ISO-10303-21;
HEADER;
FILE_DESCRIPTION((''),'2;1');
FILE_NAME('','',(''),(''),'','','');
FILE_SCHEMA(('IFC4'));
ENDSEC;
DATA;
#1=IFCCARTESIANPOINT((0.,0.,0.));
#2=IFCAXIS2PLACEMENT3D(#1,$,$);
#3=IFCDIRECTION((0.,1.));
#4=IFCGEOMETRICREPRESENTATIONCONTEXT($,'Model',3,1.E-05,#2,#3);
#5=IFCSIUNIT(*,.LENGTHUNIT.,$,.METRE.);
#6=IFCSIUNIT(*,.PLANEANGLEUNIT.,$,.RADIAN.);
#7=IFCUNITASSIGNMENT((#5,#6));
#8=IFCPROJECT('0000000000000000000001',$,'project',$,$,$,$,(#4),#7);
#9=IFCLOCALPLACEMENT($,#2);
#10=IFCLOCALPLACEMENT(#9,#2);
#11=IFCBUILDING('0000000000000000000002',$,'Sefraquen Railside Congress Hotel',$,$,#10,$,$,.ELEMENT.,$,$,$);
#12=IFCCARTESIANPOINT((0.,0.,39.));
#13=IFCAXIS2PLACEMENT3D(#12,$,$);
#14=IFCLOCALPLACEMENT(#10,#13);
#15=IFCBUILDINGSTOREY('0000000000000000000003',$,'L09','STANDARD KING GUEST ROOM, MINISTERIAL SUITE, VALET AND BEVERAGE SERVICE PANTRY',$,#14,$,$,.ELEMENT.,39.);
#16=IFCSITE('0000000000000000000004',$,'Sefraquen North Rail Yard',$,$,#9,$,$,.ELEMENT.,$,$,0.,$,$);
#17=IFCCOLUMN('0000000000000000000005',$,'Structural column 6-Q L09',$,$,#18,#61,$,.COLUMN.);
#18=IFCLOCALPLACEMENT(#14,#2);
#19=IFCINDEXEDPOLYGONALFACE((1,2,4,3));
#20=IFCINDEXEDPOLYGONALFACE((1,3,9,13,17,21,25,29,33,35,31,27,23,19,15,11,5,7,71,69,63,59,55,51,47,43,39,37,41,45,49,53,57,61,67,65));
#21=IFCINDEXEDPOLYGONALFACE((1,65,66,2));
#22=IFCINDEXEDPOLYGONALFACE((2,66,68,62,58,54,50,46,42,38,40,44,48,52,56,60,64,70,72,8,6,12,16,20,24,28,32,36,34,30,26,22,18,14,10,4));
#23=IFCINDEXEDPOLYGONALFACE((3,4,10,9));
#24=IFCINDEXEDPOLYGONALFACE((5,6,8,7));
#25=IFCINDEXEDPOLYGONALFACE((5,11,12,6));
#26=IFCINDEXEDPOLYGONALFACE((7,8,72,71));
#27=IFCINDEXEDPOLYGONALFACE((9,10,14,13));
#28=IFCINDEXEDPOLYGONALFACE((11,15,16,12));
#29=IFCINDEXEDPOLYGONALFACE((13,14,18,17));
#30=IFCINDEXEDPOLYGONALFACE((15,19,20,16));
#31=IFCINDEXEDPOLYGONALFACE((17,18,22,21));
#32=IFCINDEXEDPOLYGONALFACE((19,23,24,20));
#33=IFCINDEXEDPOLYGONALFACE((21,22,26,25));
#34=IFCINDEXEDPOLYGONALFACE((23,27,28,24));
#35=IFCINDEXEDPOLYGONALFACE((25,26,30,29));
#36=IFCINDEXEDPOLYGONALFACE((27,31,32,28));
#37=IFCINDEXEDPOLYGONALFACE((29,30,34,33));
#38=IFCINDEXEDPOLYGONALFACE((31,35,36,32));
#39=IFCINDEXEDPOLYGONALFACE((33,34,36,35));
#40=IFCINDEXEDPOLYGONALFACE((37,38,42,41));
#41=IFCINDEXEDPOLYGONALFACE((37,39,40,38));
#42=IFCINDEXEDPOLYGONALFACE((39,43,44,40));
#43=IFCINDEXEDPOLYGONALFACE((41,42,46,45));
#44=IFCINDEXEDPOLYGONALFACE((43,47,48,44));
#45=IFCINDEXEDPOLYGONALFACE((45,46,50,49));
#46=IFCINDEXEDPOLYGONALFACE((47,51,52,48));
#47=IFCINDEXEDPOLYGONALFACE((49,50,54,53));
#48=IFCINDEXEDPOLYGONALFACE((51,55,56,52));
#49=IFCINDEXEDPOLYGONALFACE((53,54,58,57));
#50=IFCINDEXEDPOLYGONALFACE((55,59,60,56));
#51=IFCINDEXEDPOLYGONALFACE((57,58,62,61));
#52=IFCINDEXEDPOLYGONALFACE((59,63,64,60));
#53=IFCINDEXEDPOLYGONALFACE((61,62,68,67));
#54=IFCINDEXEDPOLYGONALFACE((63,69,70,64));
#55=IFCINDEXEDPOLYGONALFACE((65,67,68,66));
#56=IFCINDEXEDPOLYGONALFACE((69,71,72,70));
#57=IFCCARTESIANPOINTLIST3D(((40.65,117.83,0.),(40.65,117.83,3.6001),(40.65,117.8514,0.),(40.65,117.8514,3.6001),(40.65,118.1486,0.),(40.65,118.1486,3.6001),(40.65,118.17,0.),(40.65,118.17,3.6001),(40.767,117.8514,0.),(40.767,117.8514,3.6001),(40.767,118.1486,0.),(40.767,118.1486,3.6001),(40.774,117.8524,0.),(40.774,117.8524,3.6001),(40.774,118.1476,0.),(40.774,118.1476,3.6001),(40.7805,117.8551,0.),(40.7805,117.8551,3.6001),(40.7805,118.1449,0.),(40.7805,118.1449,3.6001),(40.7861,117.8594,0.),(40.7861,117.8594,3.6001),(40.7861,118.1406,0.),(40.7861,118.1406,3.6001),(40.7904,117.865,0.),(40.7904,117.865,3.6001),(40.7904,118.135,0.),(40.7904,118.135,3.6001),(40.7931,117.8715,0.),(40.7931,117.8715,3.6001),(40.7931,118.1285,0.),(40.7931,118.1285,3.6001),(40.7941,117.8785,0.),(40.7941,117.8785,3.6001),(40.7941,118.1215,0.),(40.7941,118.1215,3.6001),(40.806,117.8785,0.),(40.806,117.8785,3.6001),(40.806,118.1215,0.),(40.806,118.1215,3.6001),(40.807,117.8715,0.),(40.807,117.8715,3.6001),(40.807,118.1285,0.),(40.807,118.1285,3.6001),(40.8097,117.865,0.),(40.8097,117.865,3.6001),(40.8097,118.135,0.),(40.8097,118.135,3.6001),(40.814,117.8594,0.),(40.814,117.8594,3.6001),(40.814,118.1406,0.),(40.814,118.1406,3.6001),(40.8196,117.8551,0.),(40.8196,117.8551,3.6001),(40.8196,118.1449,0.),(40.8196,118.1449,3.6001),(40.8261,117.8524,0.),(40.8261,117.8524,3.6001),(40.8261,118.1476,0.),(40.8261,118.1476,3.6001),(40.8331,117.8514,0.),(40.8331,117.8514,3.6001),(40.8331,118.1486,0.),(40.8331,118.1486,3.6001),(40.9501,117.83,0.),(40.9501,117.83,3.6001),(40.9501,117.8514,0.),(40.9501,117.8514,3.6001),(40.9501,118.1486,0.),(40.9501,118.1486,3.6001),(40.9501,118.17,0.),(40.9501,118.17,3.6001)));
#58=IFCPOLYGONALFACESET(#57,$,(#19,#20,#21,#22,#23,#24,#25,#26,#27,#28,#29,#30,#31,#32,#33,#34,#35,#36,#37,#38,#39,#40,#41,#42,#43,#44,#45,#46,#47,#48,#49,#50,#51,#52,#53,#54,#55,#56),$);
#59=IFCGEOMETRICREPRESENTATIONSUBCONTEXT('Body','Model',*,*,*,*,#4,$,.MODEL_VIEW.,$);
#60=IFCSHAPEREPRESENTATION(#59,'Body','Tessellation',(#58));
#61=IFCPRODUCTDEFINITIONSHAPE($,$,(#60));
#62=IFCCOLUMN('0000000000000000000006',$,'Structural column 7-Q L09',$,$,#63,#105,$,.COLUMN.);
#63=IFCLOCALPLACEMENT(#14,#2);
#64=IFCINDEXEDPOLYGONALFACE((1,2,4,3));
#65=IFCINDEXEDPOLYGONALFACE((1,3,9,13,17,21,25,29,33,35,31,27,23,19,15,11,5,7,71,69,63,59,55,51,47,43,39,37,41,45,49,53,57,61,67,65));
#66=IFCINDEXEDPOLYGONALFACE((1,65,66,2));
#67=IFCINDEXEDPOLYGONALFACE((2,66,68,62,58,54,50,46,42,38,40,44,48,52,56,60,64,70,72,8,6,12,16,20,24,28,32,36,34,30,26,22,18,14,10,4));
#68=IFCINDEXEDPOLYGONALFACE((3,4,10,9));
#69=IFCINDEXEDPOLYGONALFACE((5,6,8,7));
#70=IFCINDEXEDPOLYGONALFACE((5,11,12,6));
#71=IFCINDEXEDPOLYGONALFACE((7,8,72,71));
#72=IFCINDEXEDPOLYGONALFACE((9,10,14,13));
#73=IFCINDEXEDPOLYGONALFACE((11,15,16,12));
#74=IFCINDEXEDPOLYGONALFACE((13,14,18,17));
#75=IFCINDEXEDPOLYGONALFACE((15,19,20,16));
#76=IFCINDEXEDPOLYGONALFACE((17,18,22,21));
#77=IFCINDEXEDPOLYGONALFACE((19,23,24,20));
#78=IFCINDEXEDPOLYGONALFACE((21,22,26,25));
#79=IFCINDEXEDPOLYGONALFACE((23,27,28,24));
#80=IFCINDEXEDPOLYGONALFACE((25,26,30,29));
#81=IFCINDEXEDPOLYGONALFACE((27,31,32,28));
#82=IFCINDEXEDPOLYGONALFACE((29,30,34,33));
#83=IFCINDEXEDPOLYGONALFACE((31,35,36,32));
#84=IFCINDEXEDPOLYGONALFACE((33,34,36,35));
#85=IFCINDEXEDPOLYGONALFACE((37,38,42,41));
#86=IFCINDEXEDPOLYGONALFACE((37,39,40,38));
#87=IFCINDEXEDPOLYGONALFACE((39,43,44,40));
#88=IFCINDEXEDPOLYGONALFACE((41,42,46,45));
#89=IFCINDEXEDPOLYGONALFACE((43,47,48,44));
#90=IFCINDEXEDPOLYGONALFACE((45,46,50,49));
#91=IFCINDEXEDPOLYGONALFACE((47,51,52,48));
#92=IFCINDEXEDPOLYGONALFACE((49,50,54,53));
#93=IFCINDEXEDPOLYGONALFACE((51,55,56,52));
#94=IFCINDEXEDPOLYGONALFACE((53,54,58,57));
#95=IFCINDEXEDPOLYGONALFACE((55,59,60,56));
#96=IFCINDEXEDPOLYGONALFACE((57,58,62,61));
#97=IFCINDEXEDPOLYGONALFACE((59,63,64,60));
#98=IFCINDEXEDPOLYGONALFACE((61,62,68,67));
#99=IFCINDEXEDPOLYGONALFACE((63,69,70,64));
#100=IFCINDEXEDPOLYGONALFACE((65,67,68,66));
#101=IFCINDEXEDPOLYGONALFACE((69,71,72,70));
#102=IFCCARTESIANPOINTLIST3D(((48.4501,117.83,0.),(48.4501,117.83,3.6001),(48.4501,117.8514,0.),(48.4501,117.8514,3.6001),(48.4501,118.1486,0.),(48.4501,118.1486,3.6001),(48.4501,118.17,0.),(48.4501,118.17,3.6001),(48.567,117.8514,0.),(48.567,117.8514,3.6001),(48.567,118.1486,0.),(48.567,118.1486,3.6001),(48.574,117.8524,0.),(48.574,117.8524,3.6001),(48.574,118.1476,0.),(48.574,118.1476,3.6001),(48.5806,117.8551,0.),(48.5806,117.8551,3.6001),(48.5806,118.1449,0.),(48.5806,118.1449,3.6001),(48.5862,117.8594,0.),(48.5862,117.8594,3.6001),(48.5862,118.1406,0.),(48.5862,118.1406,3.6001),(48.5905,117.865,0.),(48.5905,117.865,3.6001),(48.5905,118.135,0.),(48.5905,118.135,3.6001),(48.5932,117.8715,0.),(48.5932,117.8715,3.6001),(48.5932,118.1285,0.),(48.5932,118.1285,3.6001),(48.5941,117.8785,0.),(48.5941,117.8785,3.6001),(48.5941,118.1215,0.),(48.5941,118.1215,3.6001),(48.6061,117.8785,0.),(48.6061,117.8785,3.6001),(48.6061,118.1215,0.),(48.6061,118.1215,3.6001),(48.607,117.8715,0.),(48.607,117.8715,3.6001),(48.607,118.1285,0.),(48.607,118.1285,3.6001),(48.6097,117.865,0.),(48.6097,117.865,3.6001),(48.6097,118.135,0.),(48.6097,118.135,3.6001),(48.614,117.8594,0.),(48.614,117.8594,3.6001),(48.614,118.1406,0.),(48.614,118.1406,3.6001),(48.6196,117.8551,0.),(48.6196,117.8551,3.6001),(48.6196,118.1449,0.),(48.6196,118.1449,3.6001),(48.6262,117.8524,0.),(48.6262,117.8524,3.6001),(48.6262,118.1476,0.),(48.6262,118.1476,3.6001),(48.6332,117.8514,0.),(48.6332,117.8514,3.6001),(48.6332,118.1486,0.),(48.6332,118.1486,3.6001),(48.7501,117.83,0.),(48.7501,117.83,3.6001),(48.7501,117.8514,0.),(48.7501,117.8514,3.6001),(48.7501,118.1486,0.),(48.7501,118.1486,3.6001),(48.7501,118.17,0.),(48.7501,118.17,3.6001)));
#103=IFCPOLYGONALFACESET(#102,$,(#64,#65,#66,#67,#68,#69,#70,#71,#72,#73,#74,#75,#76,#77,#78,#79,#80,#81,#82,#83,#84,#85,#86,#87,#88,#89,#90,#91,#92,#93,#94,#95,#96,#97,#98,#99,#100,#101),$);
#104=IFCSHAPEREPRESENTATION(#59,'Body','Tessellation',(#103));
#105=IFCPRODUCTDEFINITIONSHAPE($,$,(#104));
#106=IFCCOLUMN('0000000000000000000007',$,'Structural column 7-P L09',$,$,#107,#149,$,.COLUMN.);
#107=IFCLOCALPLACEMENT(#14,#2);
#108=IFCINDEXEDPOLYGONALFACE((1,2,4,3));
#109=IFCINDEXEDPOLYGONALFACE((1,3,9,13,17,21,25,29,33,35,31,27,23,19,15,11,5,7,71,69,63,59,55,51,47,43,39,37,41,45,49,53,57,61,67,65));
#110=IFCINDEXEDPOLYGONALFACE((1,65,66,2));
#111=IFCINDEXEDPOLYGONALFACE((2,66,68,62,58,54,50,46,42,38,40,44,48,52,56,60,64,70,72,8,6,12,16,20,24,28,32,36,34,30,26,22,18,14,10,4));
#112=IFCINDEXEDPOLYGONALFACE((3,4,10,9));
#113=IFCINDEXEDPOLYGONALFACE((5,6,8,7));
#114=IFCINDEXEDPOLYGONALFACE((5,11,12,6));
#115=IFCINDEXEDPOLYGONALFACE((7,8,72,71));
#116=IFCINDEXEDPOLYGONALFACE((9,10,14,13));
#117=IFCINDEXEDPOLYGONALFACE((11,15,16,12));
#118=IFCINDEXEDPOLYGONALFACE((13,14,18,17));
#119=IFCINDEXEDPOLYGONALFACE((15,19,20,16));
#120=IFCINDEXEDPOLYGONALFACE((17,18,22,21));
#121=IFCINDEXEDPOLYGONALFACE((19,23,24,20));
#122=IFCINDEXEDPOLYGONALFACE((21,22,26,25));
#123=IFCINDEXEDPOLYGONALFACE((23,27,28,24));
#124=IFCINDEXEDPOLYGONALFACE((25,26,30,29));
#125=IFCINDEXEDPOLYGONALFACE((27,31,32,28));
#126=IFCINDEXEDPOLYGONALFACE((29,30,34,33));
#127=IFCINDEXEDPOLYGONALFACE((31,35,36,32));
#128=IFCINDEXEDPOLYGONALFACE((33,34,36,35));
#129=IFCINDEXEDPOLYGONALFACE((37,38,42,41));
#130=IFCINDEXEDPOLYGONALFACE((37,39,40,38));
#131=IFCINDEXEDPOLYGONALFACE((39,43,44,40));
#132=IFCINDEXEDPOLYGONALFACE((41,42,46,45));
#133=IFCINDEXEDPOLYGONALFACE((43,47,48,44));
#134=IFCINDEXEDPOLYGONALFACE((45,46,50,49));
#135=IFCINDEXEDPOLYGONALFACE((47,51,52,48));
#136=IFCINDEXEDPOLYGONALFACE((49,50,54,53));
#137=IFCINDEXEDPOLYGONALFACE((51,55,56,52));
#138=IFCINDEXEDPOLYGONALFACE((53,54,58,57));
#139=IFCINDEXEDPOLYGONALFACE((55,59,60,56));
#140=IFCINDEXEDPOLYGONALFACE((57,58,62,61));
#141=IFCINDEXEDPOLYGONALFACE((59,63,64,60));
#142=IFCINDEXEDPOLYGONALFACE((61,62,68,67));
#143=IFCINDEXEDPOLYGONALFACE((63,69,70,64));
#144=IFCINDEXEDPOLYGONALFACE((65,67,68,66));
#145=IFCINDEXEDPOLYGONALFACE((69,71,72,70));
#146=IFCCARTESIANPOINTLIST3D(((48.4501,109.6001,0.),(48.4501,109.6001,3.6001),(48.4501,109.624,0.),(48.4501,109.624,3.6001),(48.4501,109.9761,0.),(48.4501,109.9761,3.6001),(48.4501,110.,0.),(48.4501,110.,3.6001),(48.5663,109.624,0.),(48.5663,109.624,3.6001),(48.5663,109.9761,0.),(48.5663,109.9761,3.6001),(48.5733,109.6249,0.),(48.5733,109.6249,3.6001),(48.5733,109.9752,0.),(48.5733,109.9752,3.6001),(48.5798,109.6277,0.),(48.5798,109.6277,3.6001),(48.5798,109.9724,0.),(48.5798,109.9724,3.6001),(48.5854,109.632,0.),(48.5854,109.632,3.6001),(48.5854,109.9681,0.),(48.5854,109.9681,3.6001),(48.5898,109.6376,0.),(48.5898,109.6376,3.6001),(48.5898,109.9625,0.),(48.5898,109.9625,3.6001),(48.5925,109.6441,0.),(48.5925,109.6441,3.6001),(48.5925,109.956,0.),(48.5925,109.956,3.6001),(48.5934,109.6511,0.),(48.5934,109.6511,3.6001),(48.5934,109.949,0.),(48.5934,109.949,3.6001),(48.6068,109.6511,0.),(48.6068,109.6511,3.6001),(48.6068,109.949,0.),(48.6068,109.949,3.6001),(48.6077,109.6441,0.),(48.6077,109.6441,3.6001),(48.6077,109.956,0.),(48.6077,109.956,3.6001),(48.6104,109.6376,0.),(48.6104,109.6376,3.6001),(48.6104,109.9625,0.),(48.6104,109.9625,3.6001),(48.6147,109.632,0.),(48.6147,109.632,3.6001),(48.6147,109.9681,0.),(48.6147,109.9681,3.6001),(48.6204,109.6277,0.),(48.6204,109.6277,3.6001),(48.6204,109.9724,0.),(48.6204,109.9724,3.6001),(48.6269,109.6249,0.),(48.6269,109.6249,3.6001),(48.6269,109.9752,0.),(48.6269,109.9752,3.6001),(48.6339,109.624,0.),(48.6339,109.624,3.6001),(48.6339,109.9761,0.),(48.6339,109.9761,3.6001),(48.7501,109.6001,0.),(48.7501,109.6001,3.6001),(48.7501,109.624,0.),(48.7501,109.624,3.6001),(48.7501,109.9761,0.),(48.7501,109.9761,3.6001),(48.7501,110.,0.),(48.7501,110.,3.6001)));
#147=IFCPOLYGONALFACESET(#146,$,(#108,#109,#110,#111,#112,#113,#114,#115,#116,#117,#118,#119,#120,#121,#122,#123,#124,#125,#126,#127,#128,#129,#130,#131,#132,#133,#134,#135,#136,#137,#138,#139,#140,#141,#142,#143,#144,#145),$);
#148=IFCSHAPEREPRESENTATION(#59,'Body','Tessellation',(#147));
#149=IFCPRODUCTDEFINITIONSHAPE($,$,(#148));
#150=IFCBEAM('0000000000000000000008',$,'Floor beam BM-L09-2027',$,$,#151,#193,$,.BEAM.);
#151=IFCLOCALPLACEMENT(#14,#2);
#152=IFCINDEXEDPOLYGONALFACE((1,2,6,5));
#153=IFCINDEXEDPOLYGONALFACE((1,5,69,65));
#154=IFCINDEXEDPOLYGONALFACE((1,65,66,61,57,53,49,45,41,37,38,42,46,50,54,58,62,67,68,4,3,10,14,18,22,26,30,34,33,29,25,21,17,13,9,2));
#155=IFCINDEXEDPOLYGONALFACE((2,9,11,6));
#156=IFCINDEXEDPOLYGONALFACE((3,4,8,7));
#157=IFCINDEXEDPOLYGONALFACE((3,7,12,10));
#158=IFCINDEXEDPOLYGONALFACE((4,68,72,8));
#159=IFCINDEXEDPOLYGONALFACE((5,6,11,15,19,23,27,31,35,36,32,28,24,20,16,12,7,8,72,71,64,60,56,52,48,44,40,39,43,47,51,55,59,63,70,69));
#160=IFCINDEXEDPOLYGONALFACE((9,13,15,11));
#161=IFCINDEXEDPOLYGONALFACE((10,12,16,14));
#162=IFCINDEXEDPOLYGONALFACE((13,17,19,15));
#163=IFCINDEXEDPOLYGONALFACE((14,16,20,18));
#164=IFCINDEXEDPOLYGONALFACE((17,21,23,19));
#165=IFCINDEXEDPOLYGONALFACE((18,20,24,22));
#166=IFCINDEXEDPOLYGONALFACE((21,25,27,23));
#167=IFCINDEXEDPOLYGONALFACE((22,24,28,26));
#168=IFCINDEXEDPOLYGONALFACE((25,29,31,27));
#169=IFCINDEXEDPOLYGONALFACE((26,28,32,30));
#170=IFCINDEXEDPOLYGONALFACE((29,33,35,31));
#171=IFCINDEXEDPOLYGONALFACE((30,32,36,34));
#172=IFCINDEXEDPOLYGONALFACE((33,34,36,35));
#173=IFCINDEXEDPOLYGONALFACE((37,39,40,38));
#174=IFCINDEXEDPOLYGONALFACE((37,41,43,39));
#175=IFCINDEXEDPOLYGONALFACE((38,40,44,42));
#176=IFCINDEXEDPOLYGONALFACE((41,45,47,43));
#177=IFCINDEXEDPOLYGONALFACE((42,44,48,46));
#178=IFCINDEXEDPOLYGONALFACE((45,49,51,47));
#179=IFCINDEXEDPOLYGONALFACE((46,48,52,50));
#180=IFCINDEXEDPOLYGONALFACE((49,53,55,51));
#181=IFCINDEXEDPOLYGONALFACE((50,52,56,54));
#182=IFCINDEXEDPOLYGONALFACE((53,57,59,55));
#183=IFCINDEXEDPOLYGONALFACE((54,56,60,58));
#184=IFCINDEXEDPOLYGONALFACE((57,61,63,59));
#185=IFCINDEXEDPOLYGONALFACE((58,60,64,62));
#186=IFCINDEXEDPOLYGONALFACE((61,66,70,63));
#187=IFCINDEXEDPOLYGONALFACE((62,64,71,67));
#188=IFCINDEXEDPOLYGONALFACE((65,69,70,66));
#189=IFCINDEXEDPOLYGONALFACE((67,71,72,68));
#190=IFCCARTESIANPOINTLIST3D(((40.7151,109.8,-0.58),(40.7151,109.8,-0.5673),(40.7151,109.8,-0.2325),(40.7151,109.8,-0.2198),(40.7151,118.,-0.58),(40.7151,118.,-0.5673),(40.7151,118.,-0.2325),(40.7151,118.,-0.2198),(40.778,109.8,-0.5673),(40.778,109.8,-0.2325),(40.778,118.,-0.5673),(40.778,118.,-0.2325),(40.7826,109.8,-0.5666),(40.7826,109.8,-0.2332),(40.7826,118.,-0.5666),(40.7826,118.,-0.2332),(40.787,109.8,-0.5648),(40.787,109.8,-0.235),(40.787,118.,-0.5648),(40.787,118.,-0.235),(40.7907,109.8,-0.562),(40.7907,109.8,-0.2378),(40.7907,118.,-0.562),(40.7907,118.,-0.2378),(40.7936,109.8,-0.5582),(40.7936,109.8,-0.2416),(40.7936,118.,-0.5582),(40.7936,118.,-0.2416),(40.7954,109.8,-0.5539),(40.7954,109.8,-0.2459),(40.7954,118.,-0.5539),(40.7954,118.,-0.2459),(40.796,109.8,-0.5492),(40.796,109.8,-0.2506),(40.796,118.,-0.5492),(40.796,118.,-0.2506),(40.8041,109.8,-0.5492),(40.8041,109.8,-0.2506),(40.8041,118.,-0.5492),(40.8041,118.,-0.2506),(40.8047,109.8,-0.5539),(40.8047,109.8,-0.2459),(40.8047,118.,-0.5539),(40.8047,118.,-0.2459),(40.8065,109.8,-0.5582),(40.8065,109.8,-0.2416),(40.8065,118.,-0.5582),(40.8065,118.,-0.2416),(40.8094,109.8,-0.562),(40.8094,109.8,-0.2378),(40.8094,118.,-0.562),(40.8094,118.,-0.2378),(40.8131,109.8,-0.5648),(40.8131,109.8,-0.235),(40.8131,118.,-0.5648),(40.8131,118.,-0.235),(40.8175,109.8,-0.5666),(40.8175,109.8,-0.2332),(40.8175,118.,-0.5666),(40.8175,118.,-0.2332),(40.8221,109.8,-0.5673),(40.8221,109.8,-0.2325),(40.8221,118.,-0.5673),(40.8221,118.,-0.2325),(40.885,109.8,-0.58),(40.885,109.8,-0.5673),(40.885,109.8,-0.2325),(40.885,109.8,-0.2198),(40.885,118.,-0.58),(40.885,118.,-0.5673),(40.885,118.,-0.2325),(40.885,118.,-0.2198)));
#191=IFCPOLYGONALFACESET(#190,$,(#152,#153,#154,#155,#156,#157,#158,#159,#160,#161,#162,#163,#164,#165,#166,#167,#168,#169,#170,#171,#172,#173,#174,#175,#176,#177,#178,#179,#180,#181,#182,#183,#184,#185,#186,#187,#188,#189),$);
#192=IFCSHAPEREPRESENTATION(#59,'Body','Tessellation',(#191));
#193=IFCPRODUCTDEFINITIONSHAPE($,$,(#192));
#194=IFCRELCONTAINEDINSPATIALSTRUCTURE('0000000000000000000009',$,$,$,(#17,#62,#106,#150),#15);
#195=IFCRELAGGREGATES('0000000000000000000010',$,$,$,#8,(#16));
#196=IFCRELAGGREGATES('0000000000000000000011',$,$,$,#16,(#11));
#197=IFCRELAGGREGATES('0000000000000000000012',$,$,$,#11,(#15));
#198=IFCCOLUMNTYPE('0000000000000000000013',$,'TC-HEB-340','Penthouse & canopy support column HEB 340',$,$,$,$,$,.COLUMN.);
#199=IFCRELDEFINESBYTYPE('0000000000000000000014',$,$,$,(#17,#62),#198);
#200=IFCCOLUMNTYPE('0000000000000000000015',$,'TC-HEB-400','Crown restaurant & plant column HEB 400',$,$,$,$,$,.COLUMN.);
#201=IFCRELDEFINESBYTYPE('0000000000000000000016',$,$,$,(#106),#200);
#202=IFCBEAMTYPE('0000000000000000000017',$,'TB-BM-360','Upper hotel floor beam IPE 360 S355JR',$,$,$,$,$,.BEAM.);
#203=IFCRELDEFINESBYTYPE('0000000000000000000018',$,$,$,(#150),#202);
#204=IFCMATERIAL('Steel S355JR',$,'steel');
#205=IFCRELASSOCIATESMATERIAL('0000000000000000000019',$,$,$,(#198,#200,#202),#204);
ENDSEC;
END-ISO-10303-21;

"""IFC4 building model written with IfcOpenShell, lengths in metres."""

from ifc_helpers import new_model, si_unit, direction, frame, origin, origin_2d, place, context, subcontext, project, spatial, i_section, extrude, material, material_profile, profile_set, type_object, element, save


model = new_model("IFC4")

# Units and contexts
model_context = context("Model", 3, precision=1e-05, world=origin(), true_north=direction((0.0, 1.0)))
body_context = subcontext(model_context, "Body", "Model", "MODEL_VIEW")
ifc_project = project(units=[si_unit("LENGTHUNIT", "METRE"), si_unit("PLANEANGLEUNIT", "RADIAN")], contexts=[model_context])

# Site, building, storey
site_placement = place(None, origin())
site = spatial("IfcSite", under=ifc_project, at=site_placement, Name="Sefraquen North Rail Yard", CompositionType="ELEMENT", RefElevation=0.0)
building_placement = place(site_placement, origin())
building = spatial("IfcBuilding", under=site, at=building_placement, Name="Sefraquen Railside Congress Hotel", CompositionType="ELEMENT")
storey_placement = place(building_placement, frame((0.0, 0.0, 39.0)))
storey = spatial("IfcBuildingStorey", under=building, at=storey_placement, Name="L09", Description="STANDARD KING GUEST ROOM, MINISTERIAL SUITE, VALET AND BEVERAGE SERVICE PANTRY", CompositionType="ELEMENT", Elevation=39.0)

# Columns
ifc_material_1 = material(Name="Steel S355JR", Category="steel")
ifc_material_profile_1 = material_profile(ifc_material_1, i_section(OverallWidth=0.3, OverallDepth=0.3401, WebThickness=0.012, FlangeThickness=0.0215, FilletRadius=0.0271, at=origin_2d()), Name="HEB 340")
ifc_profile_set_1 = profile_set([ifc_material_profile_1], Name="Steel S355JR")
column_type_1 = type_object("IfcColumnType", Name="TC-HEB-340", Description="Penthouse & canopy support column HEB 340", PredefinedType="COLUMN", material=ifc_profile_set_1)
for number, where, z_axis, x_axis, name in (
    (1, (40.8, 118.0, 0.0), (0.0, 0.0, 1.0), (1.0, 0.0, 0.0), "Structural column 6-Q L09"),
    (2, (48.6001, 118.0, 0.0), (0.0, 0.0, 1.0), (1.0, 0.0, 0.0), "Structural column 7-Q L09"),
):
    element("IfcColumn", number, at=place(storey_placement, frame(where, z_axis=z_axis, x_axis=x_axis)), inside=storey, type_object=column_type_1, Name=name, PredefinedType="COLUMN", context=body_context, shape_type="SweptSolid", body=[
        extrude(i_section(OverallWidth=0.3, OverallDepth=0.3401, WebThickness=0.012, FlangeThickness=0.0215, FilletRadius=0.0271, at=origin_2d()), origin(), (0.0, 0.0, 1.0), 3.6001),
    ])
ifc_material_profile_2 = material_profile(ifc_material_1, i_section(OverallWidth=0.3, OverallDepth=0.3999, WebThickness=0.0134, FlangeThickness=0.0239, FilletRadius=0.0271, at=origin_2d()), Name="HEB 400")
ifc_profile_set_2 = profile_set([ifc_material_profile_2], Name="Steel S355JR")
column_type_2 = type_object("IfcColumnType", Name="TC-HEB-400", Description="Crown restaurant & plant column HEB 400", PredefinedType="COLUMN", material=ifc_profile_set_2)
column_placement = place(storey_placement, frame((48.6001, 109.8, 0.0), z_axis=(0.0, 0.0, 1.0), x_axis=(1.0, 0.0, 0.0)))
element("IfcColumn", 3, at=column_placement, inside=storey, type_object=column_type_2, Name="Structural column 7-P L09", PredefinedType="COLUMN", context=body_context, shape_type="SweptSolid", body=[
    extrude(i_section(OverallWidth=0.3, OverallDepth=0.3999, WebThickness=0.0134, FlangeThickness=0.0239, FilletRadius=0.0271, at=origin_2d()), origin(), (0.0, 0.0, 1.0), 3.6001),
])

# Beam
ifc_material_profile_3 = material_profile(ifc_material_1, i_section(OverallWidth=0.1699, OverallDepth=0.3601, WebThickness=0.0081, FlangeThickness=0.0127, FilletRadius=0.0181, at=origin_2d()), Name="IPE 360")
ifc_profile_set_3 = profile_set([ifc_material_profile_3], Name="Steel S355JR")
beam_type_1 = type_object("IfcBeamType", Name="TB-BM-360", Description="Upper hotel floor beam IPE 360 S355JR", PredefinedType="BEAM", material=ifc_profile_set_3)
for number, where, z_axis, x_axis, name in (
    (4, (40.8, 109.8, -0.3999), (0.0, 1.0, 0.0), (-1.0, 0.0, 0.0), "Floor beam BM-L09-2027"),
):
    element("IfcBeam", number, at=place(storey_placement, frame(where, z_axis=z_axis, x_axis=x_axis)), inside=storey, type_object=beam_type_1, Name=name, PredefinedType="BEAM", context=body_context, shape_type="SweptSolid", body=[
        extrude(i_section(OverallWidth=0.1699, OverallDepth=0.3601, WebThickness=0.0081, FlangeThickness=0.0127, FilletRadius=0.0181, at=origin_2d()), origin(), (0.0, 0.0, 1.0), 8.2),
    ])

save(model, "model.ifc")
